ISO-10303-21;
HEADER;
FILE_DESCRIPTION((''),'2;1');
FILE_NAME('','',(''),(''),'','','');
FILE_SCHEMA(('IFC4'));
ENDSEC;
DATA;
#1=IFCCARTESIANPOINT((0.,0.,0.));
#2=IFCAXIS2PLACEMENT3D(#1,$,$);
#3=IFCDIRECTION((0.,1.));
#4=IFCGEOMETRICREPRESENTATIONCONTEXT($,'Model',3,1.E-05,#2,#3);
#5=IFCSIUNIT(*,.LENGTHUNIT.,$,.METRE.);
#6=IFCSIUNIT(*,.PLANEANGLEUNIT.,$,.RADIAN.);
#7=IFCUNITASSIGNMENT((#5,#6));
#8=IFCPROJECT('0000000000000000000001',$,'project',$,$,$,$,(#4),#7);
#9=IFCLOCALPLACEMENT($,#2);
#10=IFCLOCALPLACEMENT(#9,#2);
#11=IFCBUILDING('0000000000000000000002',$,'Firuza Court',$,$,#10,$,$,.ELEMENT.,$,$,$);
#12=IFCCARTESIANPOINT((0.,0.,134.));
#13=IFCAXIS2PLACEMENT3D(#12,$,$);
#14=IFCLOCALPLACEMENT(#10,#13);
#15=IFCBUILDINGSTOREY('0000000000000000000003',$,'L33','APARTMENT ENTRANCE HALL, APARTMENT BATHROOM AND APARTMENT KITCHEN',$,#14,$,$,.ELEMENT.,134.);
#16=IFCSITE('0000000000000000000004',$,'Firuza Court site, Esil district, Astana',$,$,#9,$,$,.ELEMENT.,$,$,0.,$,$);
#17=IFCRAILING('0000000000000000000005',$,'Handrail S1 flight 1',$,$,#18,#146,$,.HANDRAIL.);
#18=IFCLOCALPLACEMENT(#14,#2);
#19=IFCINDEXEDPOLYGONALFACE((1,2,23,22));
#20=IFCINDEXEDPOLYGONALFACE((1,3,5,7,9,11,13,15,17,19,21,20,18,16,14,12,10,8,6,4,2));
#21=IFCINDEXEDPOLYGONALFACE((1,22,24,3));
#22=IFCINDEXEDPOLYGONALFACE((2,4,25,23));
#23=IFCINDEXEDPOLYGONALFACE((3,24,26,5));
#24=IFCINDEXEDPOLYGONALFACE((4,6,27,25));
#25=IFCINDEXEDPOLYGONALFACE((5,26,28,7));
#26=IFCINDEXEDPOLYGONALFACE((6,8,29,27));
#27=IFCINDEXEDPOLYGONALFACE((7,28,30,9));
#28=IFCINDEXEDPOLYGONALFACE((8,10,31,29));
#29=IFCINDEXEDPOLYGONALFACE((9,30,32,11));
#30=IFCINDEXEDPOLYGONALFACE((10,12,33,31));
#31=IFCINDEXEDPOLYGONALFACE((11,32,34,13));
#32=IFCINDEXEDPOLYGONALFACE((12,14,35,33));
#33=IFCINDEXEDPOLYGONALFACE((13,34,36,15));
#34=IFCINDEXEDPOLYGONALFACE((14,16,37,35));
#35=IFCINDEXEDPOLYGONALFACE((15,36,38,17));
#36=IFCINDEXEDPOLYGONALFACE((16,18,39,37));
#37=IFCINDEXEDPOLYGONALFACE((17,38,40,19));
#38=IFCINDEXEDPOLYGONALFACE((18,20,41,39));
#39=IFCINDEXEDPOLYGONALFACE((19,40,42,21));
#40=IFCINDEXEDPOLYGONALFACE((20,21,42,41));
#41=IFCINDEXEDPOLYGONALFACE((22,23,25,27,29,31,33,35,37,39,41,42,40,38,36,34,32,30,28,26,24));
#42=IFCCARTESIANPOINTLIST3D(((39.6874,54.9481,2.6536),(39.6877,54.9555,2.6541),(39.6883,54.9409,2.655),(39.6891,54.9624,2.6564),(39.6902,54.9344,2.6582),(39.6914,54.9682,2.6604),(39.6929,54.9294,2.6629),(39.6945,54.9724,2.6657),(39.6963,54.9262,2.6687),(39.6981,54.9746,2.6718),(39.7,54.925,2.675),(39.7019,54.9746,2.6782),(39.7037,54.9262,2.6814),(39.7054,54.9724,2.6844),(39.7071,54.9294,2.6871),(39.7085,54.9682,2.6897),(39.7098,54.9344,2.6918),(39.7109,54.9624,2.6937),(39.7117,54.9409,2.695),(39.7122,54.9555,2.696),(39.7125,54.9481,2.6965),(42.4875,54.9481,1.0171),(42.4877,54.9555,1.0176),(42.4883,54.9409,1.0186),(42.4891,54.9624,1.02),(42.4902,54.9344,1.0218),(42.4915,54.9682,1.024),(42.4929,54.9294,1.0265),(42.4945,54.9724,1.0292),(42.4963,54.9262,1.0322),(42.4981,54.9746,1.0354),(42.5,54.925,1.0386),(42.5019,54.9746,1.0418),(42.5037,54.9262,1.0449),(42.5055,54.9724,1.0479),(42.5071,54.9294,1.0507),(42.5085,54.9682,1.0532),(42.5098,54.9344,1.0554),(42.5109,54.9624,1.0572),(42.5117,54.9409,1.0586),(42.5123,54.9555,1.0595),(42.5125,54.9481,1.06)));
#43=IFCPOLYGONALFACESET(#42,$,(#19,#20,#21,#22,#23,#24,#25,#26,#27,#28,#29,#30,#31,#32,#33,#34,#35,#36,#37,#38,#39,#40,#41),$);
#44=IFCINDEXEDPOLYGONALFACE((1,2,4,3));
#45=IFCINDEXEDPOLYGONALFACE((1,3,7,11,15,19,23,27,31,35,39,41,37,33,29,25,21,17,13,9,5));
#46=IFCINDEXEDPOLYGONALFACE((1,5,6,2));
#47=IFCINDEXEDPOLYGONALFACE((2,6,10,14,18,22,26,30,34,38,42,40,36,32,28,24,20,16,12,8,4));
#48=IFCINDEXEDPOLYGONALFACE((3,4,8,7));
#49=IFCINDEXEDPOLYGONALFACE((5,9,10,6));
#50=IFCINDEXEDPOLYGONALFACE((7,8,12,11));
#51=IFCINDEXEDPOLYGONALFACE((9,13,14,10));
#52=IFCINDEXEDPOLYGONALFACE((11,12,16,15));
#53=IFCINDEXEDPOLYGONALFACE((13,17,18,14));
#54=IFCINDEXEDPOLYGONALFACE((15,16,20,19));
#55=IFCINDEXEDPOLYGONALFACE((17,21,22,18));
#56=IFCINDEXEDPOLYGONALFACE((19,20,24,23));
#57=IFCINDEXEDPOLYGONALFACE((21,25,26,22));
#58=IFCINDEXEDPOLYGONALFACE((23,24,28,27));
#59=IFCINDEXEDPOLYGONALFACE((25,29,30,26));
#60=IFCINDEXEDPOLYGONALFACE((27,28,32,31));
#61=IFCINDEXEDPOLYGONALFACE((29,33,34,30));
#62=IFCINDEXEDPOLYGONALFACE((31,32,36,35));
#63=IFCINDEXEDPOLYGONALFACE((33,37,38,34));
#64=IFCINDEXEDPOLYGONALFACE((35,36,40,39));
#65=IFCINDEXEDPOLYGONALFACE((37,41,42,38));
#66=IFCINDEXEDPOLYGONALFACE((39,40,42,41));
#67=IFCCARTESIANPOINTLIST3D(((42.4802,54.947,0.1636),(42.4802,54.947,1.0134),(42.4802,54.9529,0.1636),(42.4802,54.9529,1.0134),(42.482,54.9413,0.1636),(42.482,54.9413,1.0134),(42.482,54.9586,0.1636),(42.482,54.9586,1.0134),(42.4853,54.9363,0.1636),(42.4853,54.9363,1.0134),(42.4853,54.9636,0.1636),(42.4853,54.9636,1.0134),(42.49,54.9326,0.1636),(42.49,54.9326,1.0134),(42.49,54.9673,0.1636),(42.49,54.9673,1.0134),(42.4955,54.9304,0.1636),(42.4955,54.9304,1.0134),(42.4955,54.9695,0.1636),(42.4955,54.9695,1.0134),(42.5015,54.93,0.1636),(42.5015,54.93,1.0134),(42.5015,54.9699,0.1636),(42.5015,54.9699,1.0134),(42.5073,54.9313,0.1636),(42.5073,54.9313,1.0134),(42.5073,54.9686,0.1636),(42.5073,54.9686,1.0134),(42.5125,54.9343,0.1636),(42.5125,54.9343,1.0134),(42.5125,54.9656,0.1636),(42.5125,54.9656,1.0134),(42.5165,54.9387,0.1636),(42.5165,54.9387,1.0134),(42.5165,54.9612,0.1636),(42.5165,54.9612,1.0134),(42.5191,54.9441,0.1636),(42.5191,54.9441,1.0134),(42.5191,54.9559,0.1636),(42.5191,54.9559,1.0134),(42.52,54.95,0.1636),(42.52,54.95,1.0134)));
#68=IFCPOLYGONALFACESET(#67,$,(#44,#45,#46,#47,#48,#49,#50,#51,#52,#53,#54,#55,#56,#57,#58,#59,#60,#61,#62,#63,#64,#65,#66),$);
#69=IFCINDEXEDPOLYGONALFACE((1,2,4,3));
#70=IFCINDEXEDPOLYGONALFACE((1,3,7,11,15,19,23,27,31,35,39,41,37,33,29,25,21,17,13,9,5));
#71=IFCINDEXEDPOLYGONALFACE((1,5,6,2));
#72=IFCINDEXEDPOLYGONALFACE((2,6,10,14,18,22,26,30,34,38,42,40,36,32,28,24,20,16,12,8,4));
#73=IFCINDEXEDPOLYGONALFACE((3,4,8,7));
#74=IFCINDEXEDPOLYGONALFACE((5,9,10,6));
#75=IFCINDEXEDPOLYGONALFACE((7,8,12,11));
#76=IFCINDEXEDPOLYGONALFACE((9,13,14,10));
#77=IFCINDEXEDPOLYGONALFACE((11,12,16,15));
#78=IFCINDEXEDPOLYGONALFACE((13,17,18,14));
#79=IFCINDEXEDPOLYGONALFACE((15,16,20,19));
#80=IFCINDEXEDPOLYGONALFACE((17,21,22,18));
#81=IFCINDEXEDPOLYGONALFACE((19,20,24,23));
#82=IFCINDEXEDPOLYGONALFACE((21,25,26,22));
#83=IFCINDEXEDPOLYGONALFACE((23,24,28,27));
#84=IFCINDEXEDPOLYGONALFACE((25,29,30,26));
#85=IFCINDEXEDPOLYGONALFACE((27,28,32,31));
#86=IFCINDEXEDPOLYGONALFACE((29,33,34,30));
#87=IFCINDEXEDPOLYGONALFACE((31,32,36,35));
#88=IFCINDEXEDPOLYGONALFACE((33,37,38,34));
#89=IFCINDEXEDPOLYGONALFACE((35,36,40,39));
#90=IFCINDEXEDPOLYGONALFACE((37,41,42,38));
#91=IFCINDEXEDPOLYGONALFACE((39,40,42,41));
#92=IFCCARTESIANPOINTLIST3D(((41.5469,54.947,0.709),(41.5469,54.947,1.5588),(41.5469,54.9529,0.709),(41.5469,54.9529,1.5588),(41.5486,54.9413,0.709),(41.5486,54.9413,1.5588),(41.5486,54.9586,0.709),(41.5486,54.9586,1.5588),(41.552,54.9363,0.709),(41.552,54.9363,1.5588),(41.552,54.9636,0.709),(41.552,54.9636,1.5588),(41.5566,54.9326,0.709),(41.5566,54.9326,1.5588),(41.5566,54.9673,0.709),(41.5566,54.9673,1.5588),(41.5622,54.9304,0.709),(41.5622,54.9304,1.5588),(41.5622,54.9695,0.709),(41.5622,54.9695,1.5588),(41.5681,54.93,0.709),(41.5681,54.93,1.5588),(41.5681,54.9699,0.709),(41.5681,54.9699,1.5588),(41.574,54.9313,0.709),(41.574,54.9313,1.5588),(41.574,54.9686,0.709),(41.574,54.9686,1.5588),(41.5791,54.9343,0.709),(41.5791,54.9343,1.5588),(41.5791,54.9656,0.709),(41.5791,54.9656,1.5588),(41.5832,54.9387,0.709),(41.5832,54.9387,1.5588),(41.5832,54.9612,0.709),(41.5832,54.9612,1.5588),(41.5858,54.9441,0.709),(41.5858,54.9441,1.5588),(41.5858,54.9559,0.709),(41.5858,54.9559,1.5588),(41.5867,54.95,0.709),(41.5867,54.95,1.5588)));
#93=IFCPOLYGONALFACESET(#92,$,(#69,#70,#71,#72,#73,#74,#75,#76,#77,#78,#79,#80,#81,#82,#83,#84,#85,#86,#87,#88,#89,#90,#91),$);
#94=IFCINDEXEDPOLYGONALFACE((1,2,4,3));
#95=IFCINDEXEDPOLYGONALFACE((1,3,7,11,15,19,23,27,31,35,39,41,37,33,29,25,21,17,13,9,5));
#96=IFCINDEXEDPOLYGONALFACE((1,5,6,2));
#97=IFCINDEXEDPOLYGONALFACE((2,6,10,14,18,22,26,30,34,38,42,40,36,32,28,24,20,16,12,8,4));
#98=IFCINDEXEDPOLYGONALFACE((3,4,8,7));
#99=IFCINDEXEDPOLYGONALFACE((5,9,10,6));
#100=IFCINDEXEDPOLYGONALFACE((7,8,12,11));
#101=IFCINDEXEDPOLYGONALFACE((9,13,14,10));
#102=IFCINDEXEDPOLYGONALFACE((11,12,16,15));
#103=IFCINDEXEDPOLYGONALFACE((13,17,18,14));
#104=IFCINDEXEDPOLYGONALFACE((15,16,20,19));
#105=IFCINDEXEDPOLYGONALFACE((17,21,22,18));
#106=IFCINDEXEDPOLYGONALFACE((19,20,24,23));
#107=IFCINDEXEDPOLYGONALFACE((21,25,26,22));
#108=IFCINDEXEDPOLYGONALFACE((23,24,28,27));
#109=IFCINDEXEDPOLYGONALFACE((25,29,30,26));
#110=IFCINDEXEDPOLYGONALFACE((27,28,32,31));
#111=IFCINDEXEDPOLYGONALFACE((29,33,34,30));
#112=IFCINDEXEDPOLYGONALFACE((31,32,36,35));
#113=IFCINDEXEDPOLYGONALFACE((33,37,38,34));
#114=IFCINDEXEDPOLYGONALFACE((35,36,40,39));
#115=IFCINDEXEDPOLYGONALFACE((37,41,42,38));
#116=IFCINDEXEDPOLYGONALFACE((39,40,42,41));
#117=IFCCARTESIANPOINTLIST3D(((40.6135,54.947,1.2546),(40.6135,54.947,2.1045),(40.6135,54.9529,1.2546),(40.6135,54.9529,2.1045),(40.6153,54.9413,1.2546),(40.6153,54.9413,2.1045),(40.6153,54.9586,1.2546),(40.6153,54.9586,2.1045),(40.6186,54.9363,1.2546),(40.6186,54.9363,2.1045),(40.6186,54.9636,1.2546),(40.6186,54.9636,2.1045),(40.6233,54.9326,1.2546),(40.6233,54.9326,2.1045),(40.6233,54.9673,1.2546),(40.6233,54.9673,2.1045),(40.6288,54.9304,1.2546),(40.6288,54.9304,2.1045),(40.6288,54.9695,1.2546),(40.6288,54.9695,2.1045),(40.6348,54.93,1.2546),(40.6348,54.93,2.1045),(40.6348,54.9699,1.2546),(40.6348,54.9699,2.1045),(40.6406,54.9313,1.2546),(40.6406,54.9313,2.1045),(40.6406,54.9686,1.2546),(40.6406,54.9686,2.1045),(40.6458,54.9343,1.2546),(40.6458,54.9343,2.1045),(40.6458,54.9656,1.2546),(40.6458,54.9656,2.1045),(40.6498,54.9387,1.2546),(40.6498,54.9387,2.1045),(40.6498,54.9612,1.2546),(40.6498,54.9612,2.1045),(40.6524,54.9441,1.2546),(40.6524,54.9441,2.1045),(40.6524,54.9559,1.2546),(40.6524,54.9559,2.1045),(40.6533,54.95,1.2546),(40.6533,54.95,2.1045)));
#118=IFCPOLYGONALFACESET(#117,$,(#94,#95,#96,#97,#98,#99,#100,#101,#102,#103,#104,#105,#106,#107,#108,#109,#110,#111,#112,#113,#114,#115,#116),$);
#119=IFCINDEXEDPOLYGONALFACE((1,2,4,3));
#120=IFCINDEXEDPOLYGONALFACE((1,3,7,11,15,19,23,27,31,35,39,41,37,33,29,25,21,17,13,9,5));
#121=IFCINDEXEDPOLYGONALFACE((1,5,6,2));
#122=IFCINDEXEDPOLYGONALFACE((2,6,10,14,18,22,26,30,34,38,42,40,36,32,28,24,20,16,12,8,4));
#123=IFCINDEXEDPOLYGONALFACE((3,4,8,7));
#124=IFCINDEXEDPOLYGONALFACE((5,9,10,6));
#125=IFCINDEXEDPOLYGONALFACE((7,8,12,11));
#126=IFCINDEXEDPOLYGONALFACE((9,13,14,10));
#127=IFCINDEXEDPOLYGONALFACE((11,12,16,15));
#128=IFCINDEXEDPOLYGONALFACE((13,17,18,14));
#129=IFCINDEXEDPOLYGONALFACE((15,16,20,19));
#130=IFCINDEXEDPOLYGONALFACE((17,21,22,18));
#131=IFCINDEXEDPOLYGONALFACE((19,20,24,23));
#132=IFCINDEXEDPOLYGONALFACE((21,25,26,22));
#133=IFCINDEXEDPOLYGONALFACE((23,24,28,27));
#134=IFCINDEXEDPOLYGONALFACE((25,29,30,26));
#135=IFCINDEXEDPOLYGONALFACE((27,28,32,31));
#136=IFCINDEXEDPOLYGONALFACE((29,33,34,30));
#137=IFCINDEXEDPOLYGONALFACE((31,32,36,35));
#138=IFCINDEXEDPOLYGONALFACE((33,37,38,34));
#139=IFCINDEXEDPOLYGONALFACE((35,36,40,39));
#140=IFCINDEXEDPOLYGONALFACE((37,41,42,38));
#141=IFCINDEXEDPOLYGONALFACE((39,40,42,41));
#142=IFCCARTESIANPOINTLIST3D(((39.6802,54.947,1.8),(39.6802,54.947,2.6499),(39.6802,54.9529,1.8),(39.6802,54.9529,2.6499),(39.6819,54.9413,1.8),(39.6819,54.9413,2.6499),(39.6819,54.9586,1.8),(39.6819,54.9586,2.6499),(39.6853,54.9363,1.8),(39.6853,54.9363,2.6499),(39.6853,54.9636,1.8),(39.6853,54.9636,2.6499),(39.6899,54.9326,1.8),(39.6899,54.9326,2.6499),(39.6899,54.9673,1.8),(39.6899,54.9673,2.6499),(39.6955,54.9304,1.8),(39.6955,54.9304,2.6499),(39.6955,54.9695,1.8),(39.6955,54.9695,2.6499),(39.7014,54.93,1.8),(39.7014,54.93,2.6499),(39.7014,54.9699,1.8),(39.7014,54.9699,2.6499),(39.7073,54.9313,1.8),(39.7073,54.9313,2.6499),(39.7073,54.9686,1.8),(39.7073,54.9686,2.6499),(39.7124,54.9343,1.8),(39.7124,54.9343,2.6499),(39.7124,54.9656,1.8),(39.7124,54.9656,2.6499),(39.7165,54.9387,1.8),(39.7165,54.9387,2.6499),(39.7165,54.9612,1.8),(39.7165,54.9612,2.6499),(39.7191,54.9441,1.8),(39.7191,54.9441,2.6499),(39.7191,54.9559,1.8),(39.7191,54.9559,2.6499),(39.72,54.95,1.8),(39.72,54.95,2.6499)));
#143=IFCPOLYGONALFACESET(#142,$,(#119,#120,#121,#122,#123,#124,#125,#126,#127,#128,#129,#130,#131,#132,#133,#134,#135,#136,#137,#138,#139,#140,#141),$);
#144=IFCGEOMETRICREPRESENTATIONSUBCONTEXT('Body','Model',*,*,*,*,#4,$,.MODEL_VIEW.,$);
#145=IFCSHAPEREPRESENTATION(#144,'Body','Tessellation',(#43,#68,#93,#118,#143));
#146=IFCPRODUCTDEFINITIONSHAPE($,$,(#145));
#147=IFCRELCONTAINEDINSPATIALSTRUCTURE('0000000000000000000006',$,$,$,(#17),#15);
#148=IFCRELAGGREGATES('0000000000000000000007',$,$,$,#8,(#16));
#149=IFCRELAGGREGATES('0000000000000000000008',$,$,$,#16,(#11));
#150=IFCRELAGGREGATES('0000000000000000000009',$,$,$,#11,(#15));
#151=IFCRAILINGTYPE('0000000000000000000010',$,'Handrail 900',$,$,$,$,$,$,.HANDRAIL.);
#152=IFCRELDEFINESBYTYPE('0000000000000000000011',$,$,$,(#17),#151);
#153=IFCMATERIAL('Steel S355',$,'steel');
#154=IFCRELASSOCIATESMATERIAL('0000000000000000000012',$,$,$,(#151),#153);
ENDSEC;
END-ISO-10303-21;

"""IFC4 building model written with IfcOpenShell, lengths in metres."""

from ifc_helpers import new_model, si_unit, direction, frame, origin, origin_2d, place, context, subcontext, project, spatial, circle, extrude, material, type_object, element, save


model = new_model("IFC4")

# Units and contexts
model_context = context("Model", 3, precision=1e-05, world=origin(), true_north=direction((0.0, 1.0)))
body_context = subcontext(model_context, "Body", "Model", "MODEL_VIEW")
ifc_project = project(units=[si_unit("LENGTHUNIT", "METRE"), si_unit("PLANEANGLEUNIT", "RADIAN")], contexts=[model_context])

# Site, building, storey
site_placement = place(None, origin())
site = spatial("IfcSite", under=ifc_project, at=site_placement, Name="Firuza Court site, Esil district, Astana", CompositionType="ELEMENT", RefElevation=0.0)
building_placement = place(site_placement, origin())
building = spatial("IfcBuilding", under=site, at=building_placement, Name="Firuza Court", CompositionType="ELEMENT")
storey_placement = place(building_placement, frame((0.0, 0.0, 134.0)))
storey = spatial("IfcBuildingStorey", under=building, at=storey_placement, Name="L33", Description="APARTMENT ENTRANCE HALL, APARTMENT BATHROOM AND APARTMENT KITCHEN", CompositionType="ELEMENT", Elevation=134.0)

# Railing
ifc_material_1 = material(Name="Steel S355", Category="steel")
railing_type_1 = type_object("IfcRailingType", Name="Handrail 900", PredefinedType="HANDRAIL", material=ifc_material_1)
railing_1_placement = place(storey_placement, frame((42.5, 54.95, 0.1636)))
element("IfcRailing", 1, at=railing_1_placement, inside=storey, type_object=railing_type_1, Name="Handrail S1 flight 1", PredefinedType="HANDRAIL", context=body_context, shape_type="SweptSolid", body=[
    extrude(circle(Radius=0.0249, at=origin_2d()), frame((0.0, 0.0, 0.875), z_axis=(-0.863361, 0.0, 0.504587), x_axis=(0.0, -1.0, 0.0)), (0.0, 0.0, 1.0), 3.2432),
    extrude(circle(Radius=0.02, at=origin_2d()), origin(), (0.0, 0.0, 1.0), 0.8499),
    extrude(circle(Radius=0.02, at=origin_2d()), frame((-0.9333, 0.0, 0.5454)), (0.0, 0.0, 1.0), 0.8499),
    extrude(circle(Radius=0.02, at=origin_2d()), frame((-1.8667, 0.0, 1.0911)), (0.0, 0.0, 1.0), 0.8499),
    extrude(circle(Radius=0.02, at=origin_2d()), frame((-2.8, 0.0, 1.6365)), (0.0, 0.0, 1.0), 0.8499),
])

save(model, "model.ifc")
